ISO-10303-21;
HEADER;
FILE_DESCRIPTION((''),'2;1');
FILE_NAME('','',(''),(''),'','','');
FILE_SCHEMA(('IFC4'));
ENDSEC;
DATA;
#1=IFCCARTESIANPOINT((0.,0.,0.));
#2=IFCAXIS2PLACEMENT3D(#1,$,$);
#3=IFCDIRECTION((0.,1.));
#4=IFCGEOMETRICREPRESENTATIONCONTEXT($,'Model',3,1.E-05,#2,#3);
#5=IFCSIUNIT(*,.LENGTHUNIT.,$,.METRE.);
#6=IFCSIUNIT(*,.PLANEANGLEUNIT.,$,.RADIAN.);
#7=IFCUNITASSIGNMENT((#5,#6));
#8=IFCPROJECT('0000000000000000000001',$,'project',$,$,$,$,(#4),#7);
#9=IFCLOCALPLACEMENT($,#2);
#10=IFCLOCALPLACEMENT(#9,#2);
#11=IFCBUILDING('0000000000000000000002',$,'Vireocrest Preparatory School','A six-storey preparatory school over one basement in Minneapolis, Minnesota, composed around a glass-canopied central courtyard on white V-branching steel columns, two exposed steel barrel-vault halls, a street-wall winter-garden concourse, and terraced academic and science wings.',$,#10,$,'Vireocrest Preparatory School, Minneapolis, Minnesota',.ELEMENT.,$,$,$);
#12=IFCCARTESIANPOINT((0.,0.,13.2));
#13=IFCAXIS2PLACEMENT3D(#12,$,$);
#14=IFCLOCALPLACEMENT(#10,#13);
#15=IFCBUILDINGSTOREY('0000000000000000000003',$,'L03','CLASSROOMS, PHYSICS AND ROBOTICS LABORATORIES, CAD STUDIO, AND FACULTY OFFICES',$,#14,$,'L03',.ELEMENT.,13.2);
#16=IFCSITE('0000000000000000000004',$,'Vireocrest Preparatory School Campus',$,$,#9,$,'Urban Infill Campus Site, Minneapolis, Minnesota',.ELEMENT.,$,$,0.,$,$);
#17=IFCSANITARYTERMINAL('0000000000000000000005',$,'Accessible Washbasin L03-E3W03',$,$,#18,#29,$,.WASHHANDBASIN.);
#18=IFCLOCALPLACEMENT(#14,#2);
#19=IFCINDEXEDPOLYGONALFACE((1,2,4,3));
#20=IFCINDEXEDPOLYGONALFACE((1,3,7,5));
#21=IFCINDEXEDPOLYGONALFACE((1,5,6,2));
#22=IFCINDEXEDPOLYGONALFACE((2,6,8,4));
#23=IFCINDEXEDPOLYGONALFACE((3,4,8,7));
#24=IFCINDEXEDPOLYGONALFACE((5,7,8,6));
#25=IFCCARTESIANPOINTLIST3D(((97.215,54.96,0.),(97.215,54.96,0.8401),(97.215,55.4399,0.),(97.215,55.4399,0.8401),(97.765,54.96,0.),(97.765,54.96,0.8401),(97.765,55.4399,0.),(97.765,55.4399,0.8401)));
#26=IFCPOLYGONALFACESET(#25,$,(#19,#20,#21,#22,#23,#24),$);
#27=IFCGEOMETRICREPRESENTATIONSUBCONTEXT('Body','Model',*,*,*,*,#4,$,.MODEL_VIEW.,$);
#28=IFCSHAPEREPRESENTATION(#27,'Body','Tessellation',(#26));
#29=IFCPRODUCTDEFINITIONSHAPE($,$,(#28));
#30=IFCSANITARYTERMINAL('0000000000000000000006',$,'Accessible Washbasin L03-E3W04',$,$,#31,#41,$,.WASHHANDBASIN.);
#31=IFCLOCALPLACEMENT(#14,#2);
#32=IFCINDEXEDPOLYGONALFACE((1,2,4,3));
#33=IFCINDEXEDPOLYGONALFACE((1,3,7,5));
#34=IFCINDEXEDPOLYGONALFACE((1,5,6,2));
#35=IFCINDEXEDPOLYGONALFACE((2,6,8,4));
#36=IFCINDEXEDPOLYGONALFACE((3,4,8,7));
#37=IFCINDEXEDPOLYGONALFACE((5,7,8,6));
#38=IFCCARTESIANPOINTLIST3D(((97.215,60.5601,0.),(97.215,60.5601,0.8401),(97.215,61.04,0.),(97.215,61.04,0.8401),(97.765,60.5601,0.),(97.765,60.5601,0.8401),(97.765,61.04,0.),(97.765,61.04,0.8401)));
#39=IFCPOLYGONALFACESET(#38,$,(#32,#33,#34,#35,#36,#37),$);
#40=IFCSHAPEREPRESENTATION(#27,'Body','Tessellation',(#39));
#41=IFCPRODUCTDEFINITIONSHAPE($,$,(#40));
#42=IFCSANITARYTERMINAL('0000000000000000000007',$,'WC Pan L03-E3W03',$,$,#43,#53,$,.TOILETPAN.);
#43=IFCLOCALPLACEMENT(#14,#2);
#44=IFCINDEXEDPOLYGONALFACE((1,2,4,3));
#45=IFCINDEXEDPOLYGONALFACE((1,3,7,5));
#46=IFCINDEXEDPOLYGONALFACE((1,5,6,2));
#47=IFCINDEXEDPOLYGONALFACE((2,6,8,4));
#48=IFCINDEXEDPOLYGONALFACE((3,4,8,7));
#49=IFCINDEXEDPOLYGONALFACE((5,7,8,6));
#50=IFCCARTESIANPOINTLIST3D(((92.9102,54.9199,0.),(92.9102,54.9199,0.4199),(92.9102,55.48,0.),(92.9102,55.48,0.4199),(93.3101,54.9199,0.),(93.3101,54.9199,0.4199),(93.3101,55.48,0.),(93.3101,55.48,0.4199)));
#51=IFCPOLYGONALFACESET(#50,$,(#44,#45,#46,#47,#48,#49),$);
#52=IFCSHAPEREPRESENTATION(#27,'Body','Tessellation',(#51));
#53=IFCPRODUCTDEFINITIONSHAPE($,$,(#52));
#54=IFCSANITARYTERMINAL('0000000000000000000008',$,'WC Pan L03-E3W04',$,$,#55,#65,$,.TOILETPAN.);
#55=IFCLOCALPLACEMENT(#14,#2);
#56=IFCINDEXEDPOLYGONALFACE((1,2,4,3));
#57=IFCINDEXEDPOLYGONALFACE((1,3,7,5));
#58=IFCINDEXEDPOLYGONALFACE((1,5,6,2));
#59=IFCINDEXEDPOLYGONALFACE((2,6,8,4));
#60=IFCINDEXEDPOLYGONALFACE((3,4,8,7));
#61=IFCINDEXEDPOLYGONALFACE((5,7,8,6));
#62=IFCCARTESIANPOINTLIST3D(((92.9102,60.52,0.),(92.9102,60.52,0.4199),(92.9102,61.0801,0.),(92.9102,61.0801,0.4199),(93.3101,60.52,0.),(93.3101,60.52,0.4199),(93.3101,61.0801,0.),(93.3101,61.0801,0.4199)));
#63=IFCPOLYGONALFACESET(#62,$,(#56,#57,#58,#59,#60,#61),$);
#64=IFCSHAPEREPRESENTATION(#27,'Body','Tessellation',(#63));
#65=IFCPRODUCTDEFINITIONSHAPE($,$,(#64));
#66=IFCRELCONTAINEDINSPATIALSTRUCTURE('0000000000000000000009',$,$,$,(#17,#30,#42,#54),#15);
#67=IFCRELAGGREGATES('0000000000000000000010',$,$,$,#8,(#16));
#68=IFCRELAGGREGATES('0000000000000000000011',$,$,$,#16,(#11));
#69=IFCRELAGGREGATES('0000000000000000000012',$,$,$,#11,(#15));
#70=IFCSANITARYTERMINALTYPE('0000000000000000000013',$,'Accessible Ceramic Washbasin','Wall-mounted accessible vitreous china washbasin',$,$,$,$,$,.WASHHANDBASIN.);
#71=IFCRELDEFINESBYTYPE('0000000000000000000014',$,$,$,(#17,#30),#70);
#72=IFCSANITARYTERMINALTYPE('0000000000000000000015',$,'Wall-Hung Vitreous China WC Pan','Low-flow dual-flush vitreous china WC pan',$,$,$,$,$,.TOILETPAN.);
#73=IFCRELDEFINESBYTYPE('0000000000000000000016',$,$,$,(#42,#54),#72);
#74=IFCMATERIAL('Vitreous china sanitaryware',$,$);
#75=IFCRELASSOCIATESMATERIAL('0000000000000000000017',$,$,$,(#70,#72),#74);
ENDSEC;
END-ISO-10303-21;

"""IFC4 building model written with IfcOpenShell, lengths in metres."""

from ifc_helpers import new_model, si_unit, direction, frame, origin, origin_2d, place, context, subcontext, project, spatial, rectangle, extrude, material, type_object, element, save


model = new_model("IFC4")

# Units and contexts
model_context = context("Model", 3, precision=1e-05, world=origin(), true_north=direction((0.0, 1.0)))
body_context = subcontext(model_context, "Body", "Model", "MODEL_VIEW")
ifc_project = project(units=[si_unit("LENGTHUNIT", "METRE"), si_unit("PLANEANGLEUNIT", "RADIAN")], contexts=[model_context])

# Site, building, storey
site_placement = place(None, origin())
site = spatial("IfcSite", under=ifc_project, at=site_placement, Name="Vireocrest Preparatory School Campus", LongName="Urban Infill Campus Site, Minneapolis, Minnesota", CompositionType="ELEMENT", RefElevation=0.0)
building_placement = place(site_placement, origin())
building = spatial("IfcBuilding", under=site, at=building_placement, Name="Vireocrest Preparatory School", Description="A six-storey preparatory school over one basement in Minneapolis, Minnesota, composed around a glass-canopied central courtyard on white V-branching steel columns, two exposed steel barrel-vault halls, a street-wall winter-garden concourse, and terraced academic and science wings.", LongName="Vireocrest Preparatory School, Minneapolis, Minnesota", CompositionType="ELEMENT")
storey_placement = place(building_placement, frame((0.0, 0.0, 13.2)))
storey = spatial("IfcBuildingStorey", under=building, at=storey_placement, Name="L03", Description="CLASSROOMS, PHYSICS AND ROBOTICS LABORATORIES, CAD STUDIO, AND FACULTY OFFICES", LongName="L03", CompositionType="ELEMENT", Elevation=13.2)

# Sanitary terminals
ifc_material_1 = material(Name="Vitreous china sanitaryware")
sanitary_terminal_type_1 = type_object("IfcSanitaryTerminalType", Name="Accessible Ceramic Washbasin", Description="Wall-mounted accessible vitreous china washbasin", PredefinedType="WASHHANDBASIN", material=ifc_material_1)
for number, where, z_axis, x_axis, name in (
    (1, (97.49, 55.2, 0.0), (0.0, 0.0, 1.0), (1.0, 0.0, 0.0), "Accessible Washbasin L03-E3W03"),
    (2, (97.49, 60.8, 0.0), (0.0, 0.0, 1.0), (1.0, 0.0, 0.0), "Accessible Washbasin L03-E3W04"),
):
    element("IfcSanitaryTerminal", number, at=place(storey_placement, frame(where, z_axis=z_axis, x_axis=x_axis)), inside=storey, type_object=sanitary_terminal_type_1, Name=name, PredefinedType="WASHHANDBASIN", context=body_context, shape_type="SweptSolid", body=[
        extrude(rectangle(XDim=0.55, YDim=0.48, at=origin_2d()), origin(), (0.0, 0.0, 1.0), 0.8401),
    ])
sanitary_terminal_type_2 = type_object("IfcSanitaryTerminalType", Name="Wall-Hung Vitreous China WC Pan", Description="Low-flow dual-flush vitreous china WC pan", PredefinedType="TOILETPAN", material=ifc_material_1)
for number, where, z_axis, x_axis, name in (
    (3, (93.1101, 55.2, 0.0), (0.0, 0.0, 1.0), (1.0, 0.0, 0.0), "WC Pan L03-E3W03"),
    (4, (93.1101, 60.8, 0.0), (0.0, 0.0, 1.0), (1.0, 0.0, 0.0), "WC Pan L03-E3W04"),
):
    element("IfcSanitaryTerminal", number, at=place(storey_placement, frame(where, z_axis=z_axis, x_axis=x_axis)), inside=storey, type_object=sanitary_terminal_type_2, Name=name, PredefinedType="TOILETPAN", context=body_context, shape_type="SweptSolid", body=[
        extrude(rectangle(XDim=0.3999, YDim=0.5601, at=origin_2d()), origin(), (0.0, 0.0, 1.0), 0.4199),
    ])

save(model, "model.ifc")
